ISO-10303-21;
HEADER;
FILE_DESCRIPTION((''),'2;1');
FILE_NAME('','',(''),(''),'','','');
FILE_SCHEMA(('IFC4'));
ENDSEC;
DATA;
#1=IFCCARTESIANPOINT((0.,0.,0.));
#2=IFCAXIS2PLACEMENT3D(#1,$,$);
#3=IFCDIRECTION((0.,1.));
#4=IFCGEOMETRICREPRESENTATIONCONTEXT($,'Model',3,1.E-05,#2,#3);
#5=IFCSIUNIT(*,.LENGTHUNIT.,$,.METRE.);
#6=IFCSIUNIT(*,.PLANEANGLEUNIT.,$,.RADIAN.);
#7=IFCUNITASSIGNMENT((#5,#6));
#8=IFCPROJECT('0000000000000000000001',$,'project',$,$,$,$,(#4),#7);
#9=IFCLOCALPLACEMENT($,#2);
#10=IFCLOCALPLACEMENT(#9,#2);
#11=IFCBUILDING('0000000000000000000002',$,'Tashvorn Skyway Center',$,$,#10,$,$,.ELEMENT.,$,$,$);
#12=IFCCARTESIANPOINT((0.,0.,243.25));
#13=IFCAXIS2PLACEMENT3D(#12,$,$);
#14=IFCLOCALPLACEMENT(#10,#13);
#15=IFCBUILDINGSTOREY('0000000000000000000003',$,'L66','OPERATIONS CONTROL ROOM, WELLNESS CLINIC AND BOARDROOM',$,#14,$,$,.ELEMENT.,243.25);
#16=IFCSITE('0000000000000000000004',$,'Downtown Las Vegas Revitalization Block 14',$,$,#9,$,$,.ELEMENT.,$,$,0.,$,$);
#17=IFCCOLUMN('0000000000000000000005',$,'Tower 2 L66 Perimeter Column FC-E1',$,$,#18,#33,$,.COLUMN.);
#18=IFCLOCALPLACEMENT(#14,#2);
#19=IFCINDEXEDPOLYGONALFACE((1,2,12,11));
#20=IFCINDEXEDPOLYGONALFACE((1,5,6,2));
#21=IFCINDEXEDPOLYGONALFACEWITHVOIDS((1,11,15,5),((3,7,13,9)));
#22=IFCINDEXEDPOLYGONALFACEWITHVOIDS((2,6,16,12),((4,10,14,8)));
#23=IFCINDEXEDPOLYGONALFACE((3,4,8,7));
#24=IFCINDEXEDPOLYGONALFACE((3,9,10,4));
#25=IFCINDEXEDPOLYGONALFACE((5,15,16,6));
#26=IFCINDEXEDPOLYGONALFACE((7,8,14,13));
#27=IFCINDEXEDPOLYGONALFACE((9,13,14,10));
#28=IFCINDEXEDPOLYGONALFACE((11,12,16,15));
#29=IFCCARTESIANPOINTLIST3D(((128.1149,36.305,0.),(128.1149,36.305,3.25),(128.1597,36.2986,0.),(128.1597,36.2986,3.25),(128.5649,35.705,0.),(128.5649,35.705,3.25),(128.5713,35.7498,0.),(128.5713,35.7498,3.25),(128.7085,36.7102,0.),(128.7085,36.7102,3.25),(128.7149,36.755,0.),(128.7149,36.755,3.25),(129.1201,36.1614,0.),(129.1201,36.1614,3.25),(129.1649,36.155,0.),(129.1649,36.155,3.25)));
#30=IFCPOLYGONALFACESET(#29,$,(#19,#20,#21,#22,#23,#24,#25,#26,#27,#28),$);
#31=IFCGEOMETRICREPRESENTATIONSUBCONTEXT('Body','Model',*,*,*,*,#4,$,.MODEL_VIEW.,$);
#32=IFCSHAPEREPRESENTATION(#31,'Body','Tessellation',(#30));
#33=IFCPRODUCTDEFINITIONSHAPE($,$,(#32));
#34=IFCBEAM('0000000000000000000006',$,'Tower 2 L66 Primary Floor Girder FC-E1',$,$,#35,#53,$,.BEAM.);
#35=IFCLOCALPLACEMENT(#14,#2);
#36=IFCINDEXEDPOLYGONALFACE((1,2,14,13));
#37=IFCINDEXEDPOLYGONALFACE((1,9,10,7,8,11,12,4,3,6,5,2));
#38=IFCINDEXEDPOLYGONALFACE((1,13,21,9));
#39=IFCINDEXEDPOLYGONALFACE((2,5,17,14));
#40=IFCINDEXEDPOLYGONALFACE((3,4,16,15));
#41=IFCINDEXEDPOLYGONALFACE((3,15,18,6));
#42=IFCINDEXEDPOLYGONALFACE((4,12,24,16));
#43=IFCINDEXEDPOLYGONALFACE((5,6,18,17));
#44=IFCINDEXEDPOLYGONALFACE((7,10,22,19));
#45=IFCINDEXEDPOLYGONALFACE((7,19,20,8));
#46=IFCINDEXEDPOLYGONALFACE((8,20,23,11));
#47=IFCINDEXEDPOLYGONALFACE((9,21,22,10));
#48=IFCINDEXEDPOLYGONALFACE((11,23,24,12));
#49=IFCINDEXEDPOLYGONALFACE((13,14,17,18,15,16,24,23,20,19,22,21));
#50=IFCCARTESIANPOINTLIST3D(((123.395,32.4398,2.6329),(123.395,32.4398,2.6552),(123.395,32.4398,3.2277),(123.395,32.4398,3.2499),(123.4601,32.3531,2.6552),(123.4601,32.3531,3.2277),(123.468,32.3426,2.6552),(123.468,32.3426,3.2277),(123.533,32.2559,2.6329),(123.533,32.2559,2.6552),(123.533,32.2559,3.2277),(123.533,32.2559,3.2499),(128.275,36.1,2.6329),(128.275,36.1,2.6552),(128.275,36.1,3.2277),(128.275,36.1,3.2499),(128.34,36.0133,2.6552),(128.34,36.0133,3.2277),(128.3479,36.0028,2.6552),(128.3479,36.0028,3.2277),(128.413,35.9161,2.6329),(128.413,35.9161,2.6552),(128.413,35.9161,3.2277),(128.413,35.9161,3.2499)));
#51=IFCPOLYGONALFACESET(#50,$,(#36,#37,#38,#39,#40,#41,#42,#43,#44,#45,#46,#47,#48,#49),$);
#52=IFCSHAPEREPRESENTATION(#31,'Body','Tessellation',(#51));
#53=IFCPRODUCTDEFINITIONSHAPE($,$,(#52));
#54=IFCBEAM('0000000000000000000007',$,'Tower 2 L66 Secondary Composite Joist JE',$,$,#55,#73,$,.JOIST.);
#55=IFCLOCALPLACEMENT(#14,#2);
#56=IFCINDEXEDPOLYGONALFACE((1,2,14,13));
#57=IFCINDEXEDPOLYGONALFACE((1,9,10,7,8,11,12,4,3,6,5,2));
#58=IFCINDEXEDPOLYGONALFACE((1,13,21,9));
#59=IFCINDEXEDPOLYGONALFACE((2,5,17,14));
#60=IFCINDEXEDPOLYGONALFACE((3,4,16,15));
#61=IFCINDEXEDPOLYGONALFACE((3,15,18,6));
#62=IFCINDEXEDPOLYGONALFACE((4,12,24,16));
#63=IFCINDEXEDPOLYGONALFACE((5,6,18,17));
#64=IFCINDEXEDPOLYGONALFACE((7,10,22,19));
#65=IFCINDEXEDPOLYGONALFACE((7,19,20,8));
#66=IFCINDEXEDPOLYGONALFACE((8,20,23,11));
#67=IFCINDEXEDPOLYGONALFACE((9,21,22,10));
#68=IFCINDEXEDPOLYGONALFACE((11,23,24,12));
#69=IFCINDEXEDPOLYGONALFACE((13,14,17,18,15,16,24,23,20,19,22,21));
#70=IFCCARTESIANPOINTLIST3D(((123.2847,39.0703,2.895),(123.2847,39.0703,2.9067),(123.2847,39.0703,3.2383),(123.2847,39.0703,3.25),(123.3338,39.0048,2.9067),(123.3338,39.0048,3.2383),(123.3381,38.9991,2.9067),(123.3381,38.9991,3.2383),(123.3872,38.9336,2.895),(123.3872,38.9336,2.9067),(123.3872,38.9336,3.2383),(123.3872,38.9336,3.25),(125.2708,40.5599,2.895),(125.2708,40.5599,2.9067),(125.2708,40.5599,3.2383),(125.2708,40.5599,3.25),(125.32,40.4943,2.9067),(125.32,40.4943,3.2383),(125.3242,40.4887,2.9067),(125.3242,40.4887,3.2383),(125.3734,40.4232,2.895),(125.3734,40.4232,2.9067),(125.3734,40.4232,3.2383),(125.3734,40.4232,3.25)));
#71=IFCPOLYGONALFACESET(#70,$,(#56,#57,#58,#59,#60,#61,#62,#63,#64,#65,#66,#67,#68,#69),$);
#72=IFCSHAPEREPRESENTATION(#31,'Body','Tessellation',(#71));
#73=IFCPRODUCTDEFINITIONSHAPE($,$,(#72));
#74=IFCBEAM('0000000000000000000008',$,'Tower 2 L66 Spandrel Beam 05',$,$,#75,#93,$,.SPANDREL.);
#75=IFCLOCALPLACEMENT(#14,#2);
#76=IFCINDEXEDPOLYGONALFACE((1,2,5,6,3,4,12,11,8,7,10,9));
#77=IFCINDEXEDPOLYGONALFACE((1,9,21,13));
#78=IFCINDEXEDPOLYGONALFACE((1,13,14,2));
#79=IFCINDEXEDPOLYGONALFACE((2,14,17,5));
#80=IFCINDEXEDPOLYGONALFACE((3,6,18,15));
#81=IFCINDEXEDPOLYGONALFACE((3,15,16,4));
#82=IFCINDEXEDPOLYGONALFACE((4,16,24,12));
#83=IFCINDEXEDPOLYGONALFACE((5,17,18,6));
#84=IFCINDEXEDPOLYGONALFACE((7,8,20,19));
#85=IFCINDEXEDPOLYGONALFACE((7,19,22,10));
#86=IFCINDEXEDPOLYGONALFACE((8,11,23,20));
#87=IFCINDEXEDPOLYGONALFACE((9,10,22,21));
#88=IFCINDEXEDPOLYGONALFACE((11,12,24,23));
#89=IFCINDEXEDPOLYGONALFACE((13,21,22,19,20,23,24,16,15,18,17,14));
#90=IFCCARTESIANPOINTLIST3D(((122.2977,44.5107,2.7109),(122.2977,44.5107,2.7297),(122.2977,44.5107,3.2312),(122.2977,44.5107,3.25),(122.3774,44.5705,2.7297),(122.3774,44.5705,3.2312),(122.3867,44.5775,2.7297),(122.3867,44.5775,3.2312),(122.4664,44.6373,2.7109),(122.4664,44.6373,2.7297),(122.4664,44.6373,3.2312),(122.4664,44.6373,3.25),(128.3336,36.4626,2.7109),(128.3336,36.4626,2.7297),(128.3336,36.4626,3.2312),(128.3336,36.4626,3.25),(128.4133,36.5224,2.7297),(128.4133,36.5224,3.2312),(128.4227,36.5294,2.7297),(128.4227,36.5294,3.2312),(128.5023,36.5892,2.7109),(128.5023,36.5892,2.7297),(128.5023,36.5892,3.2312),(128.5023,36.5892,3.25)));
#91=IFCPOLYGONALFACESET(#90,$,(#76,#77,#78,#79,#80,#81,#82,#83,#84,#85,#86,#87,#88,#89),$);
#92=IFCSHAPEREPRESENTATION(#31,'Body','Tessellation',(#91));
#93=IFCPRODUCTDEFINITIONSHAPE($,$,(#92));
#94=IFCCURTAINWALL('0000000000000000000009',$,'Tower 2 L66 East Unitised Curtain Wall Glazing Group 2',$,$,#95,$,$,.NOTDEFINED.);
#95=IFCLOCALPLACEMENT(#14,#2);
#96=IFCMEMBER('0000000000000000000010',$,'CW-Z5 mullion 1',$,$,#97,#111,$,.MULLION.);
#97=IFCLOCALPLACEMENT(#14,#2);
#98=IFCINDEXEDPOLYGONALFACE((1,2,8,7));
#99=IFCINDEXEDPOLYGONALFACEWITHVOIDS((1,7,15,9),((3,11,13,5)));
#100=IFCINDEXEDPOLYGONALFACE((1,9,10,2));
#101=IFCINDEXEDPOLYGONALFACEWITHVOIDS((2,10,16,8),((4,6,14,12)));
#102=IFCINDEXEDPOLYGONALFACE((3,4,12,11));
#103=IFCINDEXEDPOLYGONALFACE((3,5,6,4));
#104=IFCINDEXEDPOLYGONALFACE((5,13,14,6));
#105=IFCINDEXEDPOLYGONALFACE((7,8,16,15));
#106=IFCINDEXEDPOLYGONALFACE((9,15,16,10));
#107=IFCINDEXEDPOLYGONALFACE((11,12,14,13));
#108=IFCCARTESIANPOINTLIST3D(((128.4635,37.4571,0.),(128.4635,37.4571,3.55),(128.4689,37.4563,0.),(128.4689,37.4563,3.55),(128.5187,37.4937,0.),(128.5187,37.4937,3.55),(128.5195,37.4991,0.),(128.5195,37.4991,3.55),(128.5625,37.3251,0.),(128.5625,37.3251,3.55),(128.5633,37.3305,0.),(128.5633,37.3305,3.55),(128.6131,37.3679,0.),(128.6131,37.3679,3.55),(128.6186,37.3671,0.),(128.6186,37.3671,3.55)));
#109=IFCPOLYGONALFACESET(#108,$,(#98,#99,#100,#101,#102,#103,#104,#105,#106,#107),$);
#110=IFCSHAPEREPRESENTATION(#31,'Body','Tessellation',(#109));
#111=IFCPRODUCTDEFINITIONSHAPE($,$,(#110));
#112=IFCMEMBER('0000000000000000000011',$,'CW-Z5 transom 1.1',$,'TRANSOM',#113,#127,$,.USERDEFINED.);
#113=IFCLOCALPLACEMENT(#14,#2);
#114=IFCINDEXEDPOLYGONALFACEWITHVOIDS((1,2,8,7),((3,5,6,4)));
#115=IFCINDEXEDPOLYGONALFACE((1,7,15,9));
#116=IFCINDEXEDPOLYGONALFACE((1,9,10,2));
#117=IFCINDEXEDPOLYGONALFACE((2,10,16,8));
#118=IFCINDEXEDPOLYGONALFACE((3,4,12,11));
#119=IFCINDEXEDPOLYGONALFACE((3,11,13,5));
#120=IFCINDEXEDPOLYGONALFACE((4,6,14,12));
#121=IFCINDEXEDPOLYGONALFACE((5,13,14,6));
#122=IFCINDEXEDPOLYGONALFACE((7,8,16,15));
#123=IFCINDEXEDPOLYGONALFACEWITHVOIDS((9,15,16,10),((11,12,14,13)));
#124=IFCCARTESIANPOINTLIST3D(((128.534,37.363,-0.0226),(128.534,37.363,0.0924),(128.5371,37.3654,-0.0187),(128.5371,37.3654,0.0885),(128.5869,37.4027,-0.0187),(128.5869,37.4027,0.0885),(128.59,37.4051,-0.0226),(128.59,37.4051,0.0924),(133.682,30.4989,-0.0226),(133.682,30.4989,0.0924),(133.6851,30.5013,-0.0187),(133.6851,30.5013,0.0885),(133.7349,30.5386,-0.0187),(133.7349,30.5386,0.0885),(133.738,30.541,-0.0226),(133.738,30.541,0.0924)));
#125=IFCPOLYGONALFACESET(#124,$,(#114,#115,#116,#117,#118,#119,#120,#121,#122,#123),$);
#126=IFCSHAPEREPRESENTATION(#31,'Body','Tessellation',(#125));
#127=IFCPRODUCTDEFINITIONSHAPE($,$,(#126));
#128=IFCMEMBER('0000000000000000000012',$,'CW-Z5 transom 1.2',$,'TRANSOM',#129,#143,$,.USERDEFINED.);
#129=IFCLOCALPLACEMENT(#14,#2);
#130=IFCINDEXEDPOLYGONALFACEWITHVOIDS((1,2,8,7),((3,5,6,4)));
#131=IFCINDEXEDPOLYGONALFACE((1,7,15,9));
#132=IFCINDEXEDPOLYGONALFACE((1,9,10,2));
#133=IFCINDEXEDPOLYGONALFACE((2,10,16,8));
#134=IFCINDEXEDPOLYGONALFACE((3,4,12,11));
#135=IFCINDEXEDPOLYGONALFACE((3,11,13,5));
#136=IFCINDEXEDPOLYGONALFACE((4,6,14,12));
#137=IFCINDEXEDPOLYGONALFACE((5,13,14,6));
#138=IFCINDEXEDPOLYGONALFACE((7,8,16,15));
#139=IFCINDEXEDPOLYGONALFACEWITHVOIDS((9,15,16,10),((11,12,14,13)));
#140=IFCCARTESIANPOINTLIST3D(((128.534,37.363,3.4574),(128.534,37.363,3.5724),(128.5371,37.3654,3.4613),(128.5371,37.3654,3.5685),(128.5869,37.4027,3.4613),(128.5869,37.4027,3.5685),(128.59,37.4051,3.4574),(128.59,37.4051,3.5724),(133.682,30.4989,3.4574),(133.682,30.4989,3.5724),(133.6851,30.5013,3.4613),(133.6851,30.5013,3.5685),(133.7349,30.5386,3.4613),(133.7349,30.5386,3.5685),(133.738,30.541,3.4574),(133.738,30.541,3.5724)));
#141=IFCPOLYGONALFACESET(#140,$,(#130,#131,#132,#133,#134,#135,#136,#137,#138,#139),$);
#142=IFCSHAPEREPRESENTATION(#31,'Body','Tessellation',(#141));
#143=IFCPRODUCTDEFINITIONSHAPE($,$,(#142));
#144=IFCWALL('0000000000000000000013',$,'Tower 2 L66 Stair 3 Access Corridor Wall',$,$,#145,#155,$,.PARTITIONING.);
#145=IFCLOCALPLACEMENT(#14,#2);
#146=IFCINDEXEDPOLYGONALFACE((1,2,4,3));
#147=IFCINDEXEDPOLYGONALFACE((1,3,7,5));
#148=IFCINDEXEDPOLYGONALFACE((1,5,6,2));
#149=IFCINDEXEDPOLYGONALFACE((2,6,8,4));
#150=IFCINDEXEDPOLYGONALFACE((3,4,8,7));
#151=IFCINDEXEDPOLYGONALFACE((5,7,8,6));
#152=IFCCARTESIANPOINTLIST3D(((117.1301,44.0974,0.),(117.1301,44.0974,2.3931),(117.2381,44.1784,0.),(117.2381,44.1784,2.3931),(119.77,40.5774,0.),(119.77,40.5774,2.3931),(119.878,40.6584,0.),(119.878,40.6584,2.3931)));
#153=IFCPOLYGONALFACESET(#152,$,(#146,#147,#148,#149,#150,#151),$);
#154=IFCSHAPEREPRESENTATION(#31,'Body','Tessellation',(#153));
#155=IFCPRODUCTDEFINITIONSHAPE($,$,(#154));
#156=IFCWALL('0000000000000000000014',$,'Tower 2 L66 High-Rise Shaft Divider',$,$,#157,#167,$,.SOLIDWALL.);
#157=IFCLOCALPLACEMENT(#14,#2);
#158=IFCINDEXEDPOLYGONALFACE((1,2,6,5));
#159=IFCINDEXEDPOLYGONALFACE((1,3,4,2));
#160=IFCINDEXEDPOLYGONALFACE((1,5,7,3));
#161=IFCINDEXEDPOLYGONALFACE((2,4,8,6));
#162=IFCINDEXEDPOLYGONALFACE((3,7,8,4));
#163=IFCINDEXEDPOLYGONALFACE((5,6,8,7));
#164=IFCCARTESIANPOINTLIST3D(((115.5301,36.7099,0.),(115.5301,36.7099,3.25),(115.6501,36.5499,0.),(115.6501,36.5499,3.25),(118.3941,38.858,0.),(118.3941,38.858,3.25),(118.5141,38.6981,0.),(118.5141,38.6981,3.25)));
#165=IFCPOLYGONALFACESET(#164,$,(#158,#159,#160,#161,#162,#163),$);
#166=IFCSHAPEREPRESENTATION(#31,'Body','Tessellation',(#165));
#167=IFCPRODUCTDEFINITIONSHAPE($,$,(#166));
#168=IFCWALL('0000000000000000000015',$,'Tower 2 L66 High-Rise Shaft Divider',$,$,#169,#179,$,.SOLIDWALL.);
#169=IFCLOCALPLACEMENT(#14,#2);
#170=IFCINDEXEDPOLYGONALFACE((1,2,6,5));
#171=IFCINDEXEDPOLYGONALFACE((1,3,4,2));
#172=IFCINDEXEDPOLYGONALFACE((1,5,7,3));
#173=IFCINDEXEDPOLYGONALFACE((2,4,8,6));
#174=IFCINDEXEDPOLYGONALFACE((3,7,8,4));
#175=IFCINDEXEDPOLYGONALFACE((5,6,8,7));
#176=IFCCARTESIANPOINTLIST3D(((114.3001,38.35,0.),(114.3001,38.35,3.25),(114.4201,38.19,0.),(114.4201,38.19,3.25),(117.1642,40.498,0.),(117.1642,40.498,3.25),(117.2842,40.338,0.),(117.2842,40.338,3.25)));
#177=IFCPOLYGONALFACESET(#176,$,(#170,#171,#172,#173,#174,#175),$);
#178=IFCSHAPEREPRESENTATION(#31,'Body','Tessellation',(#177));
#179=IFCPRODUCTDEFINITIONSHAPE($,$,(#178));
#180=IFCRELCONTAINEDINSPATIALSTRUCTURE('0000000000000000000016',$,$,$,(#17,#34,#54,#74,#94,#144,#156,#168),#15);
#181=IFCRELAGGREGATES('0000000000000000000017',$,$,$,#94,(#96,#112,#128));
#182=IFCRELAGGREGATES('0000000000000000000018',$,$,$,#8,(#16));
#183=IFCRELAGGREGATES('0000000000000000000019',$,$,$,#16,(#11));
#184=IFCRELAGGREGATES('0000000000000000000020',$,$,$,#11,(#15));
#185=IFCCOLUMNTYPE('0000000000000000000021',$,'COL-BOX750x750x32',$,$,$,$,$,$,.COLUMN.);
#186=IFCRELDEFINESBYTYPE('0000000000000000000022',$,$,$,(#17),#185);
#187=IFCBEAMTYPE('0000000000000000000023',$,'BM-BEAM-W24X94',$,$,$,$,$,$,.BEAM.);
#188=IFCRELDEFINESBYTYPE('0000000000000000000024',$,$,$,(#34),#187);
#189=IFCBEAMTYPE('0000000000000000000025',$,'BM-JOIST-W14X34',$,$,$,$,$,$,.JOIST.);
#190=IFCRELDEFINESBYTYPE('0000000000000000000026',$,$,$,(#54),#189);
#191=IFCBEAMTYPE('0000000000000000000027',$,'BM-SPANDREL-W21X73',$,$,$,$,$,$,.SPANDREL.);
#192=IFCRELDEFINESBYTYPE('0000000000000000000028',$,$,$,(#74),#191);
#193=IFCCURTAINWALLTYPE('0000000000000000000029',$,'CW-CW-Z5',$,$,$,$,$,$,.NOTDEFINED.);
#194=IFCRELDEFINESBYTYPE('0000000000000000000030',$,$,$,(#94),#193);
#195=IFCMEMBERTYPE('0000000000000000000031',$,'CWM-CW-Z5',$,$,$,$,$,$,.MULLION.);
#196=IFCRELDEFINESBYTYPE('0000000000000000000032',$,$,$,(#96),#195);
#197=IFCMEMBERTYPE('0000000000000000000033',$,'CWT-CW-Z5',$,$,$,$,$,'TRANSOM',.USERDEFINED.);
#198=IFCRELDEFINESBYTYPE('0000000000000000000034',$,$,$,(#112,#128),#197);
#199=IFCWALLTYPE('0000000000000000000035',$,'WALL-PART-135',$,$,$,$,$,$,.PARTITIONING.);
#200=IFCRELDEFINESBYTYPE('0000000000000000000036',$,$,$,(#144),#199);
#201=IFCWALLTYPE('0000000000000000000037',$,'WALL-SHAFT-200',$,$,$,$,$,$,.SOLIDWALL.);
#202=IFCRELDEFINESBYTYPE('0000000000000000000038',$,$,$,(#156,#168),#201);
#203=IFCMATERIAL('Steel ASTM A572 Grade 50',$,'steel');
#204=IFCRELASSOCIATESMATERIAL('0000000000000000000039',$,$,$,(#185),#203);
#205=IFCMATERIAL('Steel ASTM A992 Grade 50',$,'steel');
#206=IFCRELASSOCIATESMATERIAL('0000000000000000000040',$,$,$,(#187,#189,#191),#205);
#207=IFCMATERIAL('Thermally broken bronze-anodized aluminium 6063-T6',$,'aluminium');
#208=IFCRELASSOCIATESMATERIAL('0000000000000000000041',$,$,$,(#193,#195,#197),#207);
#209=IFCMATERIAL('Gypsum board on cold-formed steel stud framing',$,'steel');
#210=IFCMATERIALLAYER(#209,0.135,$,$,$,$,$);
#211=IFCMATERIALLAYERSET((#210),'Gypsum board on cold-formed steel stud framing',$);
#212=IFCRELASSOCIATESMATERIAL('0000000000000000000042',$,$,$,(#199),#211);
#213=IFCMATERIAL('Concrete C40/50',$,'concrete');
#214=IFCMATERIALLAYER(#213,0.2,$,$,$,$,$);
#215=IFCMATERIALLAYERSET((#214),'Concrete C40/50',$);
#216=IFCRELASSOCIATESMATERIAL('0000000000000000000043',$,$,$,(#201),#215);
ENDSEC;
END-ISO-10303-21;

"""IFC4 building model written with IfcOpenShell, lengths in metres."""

from ifc_helpers import new_model, si_unit, direction, frame, frame_2d, origin, origin_2d, place, context, subcontext, project, spatial, rectangle, hollow_rectangle, i_section, extrude, material, layer, layer_set, material_profile, profile_set, type_object, element, aggregate, save


model = new_model("IFC4")

# Units and contexts
model_context = context("Model", 3, precision=1e-05, world=origin(), true_north=direction((0.0, 1.0)))
body_context = subcontext(model_context, "Body", "Model", "MODEL_VIEW")
ifc_project = project(units=[si_unit("LENGTHUNIT", "METRE"), si_unit("PLANEANGLEUNIT", "RADIAN")], contexts=[model_context])

# Site, building, storey
site_placement = place(None, origin())
site = spatial("IfcSite", under=ifc_project, at=site_placement, Name="Downtown Las Vegas Revitalization Block 14", CompositionType="ELEMENT", RefElevation=0.0)
building_placement = place(site_placement, origin())
building = spatial("IfcBuilding", under=site, at=building_placement, Name="Tashvorn Skyway Center", CompositionType="ELEMENT")
storey_placement = place(building_placement, frame((0.0, 0.0, 243.25)))
storey = spatial("IfcBuildingStorey", under=building, at=storey_placement, Name="L66", Description="OPERATIONS CONTROL ROOM, WELLNESS CLINIC AND BOARDROOM", CompositionType="ELEMENT", Elevation=243.25)

# Column
ifc_material_1 = material(Name="Steel ASTM A572 Grade 50", Category="steel")
ifc_material_profile_1 = material_profile(ifc_material_1, hollow_rectangle(XDim=0.75, YDim=0.75, WallThickness=0.032, at=origin_2d()), Name="BOX750x750x32")
ifc_profile_set_1 = profile_set([ifc_material_profile_1], Name="Steel ASTM A572 Grade 50")
column_type = type_object("IfcColumnType", Name="COL-BOX750x750x32", PredefinedType="COLUMN", material=ifc_profile_set_1)
column_placement = place(storey_placement, frame((128.6399, 36.23, 0.0), z_axis=(0.0, 0.0, 1.0), x_axis=(0.8, 0.6, 0.0)))
element("IfcColumn", 1, at=column_placement, inside=storey, type_object=column_type, Name="Tower 2 L66 Perimeter Column FC-E1", PredefinedType="COLUMN", context=body_context, shape_type="SweptSolid", body=[
    extrude(hollow_rectangle(XDim=0.75, YDim=0.75, WallThickness=0.032, at=origin_2d()), origin(), (0.0, 0.0, 1.0), 3.25),
])

# Beams
ifc_material_2 = material(Name="Steel ASTM A992 Grade 50", Category="steel")
ifc_material_profile_2 = material_profile(ifc_material_2, i_section(OverallWidth=0.23, OverallDepth=0.6169, WebThickness=0.0132, FlangeThickness=0.0222, at=origin_2d()), Name="W24X94")
ifc_profile_set_2 = profile_set([ifc_material_profile_2], Name="Steel ASTM A992 Grade 50")
beam_type_1 = type_object("IfcBeamType", Name="BM-BEAM-W24X94", PredefinedType="BEAM", material=ifc_profile_set_2)
beam_1_placement = place(storey_placement, frame((128.344, 36.0081, 2.9414), z_axis=(-0.799981, -0.600026, 0.0), x_axis=(0.600026, -0.799981, 0.0)))
element("IfcBeam", 2, at=beam_1_placement, inside=storey, type_object=beam_type_1, Name="Tower 2 L66 Primary Floor Girder FC-E1", PredefinedType="BEAM", context=body_context, shape_type="SweptSolid", body=[
    extrude(i_section(OverallWidth=0.23, OverallDepth=0.6169, WebThickness=0.0132, FlangeThickness=0.0222, at=origin_2d()), origin(), (0.0, 0.0, 1.0), 6.1001),
])
ifc_material_profile_3 = material_profile(ifc_material_2, i_section(OverallWidth=0.1709, OverallDepth=0.355, WebThickness=0.0071, FlangeThickness=0.0117, at=origin_2d()), Name="W14X34")
ifc_profile_set_3 = profile_set([ifc_material_profile_3], Name="Steel ASTM A992 Grade 50")
beam_type_2 = type_object("IfcBeamType", Name="BM-JOIST-W14X34", PredefinedType="JOIST", material=ifc_profile_set_3)
beam_2_placement = place(storey_placement, frame((123.3359, 39.002, 3.0725), z_axis=(0.800012, 0.599984, 0.0), x_axis=(-0.599984, 0.800012, 0.0)))
element("IfcBeam", 3, at=beam_2_placement, inside=storey, type_object=beam_type_2, Name="Tower 2 L66 Secondary Composite Joist JE", PredefinedType="JOIST", context=body_context, shape_type="SweptSolid", body=[
    extrude(i_section(OverallWidth=0.1709, OverallDepth=0.355, WebThickness=0.0071, FlangeThickness=0.0117, at=origin_2d()), origin(), (0.0, 0.0, 1.0), 2.4827),
])
ifc_material_profile_4 = material_profile(ifc_material_2, i_section(OverallWidth=0.2109, OverallDepth=0.5391, WebThickness=0.0117, FlangeThickness=0.0188, at=origin_2d()), Name="W21X73")
ifc_profile_set_4 = profile_set([ifc_material_profile_4], Name="Steel ASTM A992 Grade 50")
beam_type_3 = type_object("IfcBeamType", Name="BM-SPANDREL-W21X73", PredefinedType="SPANDREL", material=ifc_profile_set_4)
beam_3_placement = place(storey_placement, frame((128.418, 36.5259, 2.9805), z_axis=(-0.599988, 0.800009, 0.0), x_axis=(-0.800009, -0.599988, 0.0)))
element("IfcBeam", 4, at=beam_3_placement, inside=storey, type_object=beam_type_3, Name="Tower 2 L66 Spandrel Beam 05", PredefinedType="SPANDREL", context=body_context, shape_type="SweptSolid", body=[
    extrude(i_section(OverallWidth=0.2109, OverallDepth=0.5391, WebThickness=0.0117, FlangeThickness=0.0188, at=origin_2d()), origin(), (0.0, 0.0, 1.0), 10.0601),
])

# Curtain wall, members
ifc_material_3 = material(Name="Thermally broken bronze-anodized aluminium 6063-T6", Category="aluminium")
curtain_wall_type = type_object("IfcCurtainWallType", Name="CW-CW-Z5", PredefinedType="NOTDEFINED", material=ifc_material_3)
curtain_wall_placement = place(storey_placement, origin())
curtain_wall = element("IfcCurtainWall", 5, at=curtain_wall_placement, inside=storey, type_object=curtain_wall_type, Name="Tower 2 L66 East Unitised Curtain Wall Glazing Group 2", PredefinedType="NOTDEFINED")
ifc_material_profile_5 = material_profile(ifc_material_3, hollow_rectangle(XDim=0.0701, YDim=0.165, WallThickness=0.0039, at=origin_2d()), Name="ALU-MULL-70x165")
ifc_profile_set_5 = profile_set([ifc_material_profile_5], Name="Thermally broken bronze-anodized aluminium 6063-T6")
member_type_1 = type_object("IfcMemberType", Name="CWM-CW-Z5", PredefinedType="MULLION", material=ifc_profile_set_5)
member_1_placement = place(storey_placement, frame((128.541, 37.4121, 0.0), z_axis=(0.0, 0.0, 1.0), x_axis=(0.8, 0.6, 0.0)))
member_1 = element("IfcMember", 6, at=member_1_placement, type_object=member_type_1, Name="CW-Z5 mullion 1", PredefinedType="MULLION", context=body_context, shape_type="SweptSolid", body=[
    extrude(hollow_rectangle(XDim=0.0701, YDim=0.165, WallThickness=0.0039, at=origin_2d()), origin(), (0.0, 0.0, 1.0), 3.55),
])
ifc_material_profile_6 = material_profile(ifc_material_3, hollow_rectangle(XDim=0.0701, YDim=0.115, WallThickness=0.0039, at=origin_2d()), Name="ALU-TRAN-70x115")
ifc_profile_set_6 = profile_set([ifc_material_profile_6], Name="Thermally broken bronze-anodized aluminium 6063-T6")
member_type_2 = type_object("IfcMemberType", Name="CWT-CW-Z5", ElementType="TRANSOM", PredefinedType="USERDEFINED", material=ifc_profile_set_6)
member_2_placement = place(storey_placement, frame((128.562, 37.384, 0.0349), z_axis=(0.599995, -0.800003, 0.0), x_axis=(0.800003, 0.599995, 0.0)))
member_2 = element("IfcMember", 7, at=member_2_placement, type_object=member_type_2, Name="CW-Z5 transom 1.1", ObjectType="TRANSOM", PredefinedType="USERDEFINED", context=body_context, shape_type="SweptSolid", body=[
    extrude(hollow_rectangle(XDim=0.0701, YDim=0.115, WallThickness=0.0039, at=origin_2d()), origin(), (0.0, 0.0, 1.0), 8.5801),
])
member_3_placement = place(storey_placement, frame((128.562, 37.384, 3.5149), z_axis=(0.599995, -0.800003, 0.0), x_axis=(0.800003, 0.599995, 0.0)))
member_3 = element("IfcMember", 8, at=member_3_placement, type_object=member_type_2, Name="CW-Z5 transom 1.2", ObjectType="TRANSOM", PredefinedType="USERDEFINED", context=body_context, shape_type="SweptSolid", body=[
    extrude(hollow_rectangle(XDim=0.0701, YDim=0.115, WallThickness=0.0039, at=origin_2d()), origin(), (0.0, 0.0, 1.0), 8.5801),
])
aggregate(curtain_wall, [member_1, member_2, member_3])

# Walls
ifc_material_4 = material(Name="Gypsum board on cold-formed steel stud framing", Category="steel")
ifc_layer_1 = layer(ifc_material_4, 0.135)
ifc_layer_set_1 = layer_set([ifc_layer_1], Name="Gypsum board on cold-formed steel stud framing")
wall_type_1 = type_object("IfcWallType", Name="WALL-PART-135", PredefinedType="PARTITIONING", material=ifc_layer_set_1)
wall_1_placement = place(storey_placement, frame((119.824, 40.6179, 0.0), z_axis=(0.0, 0.0, 1.0), x_axis=(-0.599982, 0.800013, 0.0)))
element("IfcWall", 9, at=wall_1_placement, inside=storey, type_object=wall_type_1, Name="Tower 2 L66 Stair 3 Access Corridor Wall", PredefinedType="PARTITIONING", context=body_context, shape_type="SweptSolid", body=[
    extrude(rectangle(XDim=4.3999, YDim=0.135, at=frame_2d((2.2, 0.0))), origin(), (0.0, 0.0, 1.0), 2.3931),
])
ifc_material_5 = material(Name="Concrete C40/50", Category="concrete")
ifc_layer_2 = layer(ifc_material_5, 0.2)
ifc_layer_set_2 = layer_set([ifc_layer_2], Name="Concrete C40/50")
wall_type_2 = type_object("IfcWallType", Name="WALL-SHAFT-200", PredefinedType="SOLIDWALL", material=ifc_layer_set_2)
for number, where, z_axis, x_axis, name in (
    (10, (115.5901, 36.6299, 0.0), (0.0, 0.0, 1.0), (0.799975, 0.600033, 0.0), "Tower 2 L66 High-Rise Shaft Divider"),
    (11, (114.3601, 38.27, 0.0), (0.0, 0.0, 1.0), (0.800008, 0.599989, 0.0), "Tower 2 L66 High-Rise Shaft Divider"),
):
    element("IfcWall", number, at=place(storey_placement, frame(where, z_axis=z_axis, x_axis=x_axis)), inside=storey, type_object=wall_type_2, Name=name, PredefinedType="SOLIDWALL", context=body_context, shape_type="SweptSolid", body=[
        extrude(rectangle(XDim=3.5801, YDim=0.2, at=frame_2d((1.79, 0.0))), origin(), (0.0, 0.0, 1.0), 3.25),
    ])

save(model, "model.ifc")
